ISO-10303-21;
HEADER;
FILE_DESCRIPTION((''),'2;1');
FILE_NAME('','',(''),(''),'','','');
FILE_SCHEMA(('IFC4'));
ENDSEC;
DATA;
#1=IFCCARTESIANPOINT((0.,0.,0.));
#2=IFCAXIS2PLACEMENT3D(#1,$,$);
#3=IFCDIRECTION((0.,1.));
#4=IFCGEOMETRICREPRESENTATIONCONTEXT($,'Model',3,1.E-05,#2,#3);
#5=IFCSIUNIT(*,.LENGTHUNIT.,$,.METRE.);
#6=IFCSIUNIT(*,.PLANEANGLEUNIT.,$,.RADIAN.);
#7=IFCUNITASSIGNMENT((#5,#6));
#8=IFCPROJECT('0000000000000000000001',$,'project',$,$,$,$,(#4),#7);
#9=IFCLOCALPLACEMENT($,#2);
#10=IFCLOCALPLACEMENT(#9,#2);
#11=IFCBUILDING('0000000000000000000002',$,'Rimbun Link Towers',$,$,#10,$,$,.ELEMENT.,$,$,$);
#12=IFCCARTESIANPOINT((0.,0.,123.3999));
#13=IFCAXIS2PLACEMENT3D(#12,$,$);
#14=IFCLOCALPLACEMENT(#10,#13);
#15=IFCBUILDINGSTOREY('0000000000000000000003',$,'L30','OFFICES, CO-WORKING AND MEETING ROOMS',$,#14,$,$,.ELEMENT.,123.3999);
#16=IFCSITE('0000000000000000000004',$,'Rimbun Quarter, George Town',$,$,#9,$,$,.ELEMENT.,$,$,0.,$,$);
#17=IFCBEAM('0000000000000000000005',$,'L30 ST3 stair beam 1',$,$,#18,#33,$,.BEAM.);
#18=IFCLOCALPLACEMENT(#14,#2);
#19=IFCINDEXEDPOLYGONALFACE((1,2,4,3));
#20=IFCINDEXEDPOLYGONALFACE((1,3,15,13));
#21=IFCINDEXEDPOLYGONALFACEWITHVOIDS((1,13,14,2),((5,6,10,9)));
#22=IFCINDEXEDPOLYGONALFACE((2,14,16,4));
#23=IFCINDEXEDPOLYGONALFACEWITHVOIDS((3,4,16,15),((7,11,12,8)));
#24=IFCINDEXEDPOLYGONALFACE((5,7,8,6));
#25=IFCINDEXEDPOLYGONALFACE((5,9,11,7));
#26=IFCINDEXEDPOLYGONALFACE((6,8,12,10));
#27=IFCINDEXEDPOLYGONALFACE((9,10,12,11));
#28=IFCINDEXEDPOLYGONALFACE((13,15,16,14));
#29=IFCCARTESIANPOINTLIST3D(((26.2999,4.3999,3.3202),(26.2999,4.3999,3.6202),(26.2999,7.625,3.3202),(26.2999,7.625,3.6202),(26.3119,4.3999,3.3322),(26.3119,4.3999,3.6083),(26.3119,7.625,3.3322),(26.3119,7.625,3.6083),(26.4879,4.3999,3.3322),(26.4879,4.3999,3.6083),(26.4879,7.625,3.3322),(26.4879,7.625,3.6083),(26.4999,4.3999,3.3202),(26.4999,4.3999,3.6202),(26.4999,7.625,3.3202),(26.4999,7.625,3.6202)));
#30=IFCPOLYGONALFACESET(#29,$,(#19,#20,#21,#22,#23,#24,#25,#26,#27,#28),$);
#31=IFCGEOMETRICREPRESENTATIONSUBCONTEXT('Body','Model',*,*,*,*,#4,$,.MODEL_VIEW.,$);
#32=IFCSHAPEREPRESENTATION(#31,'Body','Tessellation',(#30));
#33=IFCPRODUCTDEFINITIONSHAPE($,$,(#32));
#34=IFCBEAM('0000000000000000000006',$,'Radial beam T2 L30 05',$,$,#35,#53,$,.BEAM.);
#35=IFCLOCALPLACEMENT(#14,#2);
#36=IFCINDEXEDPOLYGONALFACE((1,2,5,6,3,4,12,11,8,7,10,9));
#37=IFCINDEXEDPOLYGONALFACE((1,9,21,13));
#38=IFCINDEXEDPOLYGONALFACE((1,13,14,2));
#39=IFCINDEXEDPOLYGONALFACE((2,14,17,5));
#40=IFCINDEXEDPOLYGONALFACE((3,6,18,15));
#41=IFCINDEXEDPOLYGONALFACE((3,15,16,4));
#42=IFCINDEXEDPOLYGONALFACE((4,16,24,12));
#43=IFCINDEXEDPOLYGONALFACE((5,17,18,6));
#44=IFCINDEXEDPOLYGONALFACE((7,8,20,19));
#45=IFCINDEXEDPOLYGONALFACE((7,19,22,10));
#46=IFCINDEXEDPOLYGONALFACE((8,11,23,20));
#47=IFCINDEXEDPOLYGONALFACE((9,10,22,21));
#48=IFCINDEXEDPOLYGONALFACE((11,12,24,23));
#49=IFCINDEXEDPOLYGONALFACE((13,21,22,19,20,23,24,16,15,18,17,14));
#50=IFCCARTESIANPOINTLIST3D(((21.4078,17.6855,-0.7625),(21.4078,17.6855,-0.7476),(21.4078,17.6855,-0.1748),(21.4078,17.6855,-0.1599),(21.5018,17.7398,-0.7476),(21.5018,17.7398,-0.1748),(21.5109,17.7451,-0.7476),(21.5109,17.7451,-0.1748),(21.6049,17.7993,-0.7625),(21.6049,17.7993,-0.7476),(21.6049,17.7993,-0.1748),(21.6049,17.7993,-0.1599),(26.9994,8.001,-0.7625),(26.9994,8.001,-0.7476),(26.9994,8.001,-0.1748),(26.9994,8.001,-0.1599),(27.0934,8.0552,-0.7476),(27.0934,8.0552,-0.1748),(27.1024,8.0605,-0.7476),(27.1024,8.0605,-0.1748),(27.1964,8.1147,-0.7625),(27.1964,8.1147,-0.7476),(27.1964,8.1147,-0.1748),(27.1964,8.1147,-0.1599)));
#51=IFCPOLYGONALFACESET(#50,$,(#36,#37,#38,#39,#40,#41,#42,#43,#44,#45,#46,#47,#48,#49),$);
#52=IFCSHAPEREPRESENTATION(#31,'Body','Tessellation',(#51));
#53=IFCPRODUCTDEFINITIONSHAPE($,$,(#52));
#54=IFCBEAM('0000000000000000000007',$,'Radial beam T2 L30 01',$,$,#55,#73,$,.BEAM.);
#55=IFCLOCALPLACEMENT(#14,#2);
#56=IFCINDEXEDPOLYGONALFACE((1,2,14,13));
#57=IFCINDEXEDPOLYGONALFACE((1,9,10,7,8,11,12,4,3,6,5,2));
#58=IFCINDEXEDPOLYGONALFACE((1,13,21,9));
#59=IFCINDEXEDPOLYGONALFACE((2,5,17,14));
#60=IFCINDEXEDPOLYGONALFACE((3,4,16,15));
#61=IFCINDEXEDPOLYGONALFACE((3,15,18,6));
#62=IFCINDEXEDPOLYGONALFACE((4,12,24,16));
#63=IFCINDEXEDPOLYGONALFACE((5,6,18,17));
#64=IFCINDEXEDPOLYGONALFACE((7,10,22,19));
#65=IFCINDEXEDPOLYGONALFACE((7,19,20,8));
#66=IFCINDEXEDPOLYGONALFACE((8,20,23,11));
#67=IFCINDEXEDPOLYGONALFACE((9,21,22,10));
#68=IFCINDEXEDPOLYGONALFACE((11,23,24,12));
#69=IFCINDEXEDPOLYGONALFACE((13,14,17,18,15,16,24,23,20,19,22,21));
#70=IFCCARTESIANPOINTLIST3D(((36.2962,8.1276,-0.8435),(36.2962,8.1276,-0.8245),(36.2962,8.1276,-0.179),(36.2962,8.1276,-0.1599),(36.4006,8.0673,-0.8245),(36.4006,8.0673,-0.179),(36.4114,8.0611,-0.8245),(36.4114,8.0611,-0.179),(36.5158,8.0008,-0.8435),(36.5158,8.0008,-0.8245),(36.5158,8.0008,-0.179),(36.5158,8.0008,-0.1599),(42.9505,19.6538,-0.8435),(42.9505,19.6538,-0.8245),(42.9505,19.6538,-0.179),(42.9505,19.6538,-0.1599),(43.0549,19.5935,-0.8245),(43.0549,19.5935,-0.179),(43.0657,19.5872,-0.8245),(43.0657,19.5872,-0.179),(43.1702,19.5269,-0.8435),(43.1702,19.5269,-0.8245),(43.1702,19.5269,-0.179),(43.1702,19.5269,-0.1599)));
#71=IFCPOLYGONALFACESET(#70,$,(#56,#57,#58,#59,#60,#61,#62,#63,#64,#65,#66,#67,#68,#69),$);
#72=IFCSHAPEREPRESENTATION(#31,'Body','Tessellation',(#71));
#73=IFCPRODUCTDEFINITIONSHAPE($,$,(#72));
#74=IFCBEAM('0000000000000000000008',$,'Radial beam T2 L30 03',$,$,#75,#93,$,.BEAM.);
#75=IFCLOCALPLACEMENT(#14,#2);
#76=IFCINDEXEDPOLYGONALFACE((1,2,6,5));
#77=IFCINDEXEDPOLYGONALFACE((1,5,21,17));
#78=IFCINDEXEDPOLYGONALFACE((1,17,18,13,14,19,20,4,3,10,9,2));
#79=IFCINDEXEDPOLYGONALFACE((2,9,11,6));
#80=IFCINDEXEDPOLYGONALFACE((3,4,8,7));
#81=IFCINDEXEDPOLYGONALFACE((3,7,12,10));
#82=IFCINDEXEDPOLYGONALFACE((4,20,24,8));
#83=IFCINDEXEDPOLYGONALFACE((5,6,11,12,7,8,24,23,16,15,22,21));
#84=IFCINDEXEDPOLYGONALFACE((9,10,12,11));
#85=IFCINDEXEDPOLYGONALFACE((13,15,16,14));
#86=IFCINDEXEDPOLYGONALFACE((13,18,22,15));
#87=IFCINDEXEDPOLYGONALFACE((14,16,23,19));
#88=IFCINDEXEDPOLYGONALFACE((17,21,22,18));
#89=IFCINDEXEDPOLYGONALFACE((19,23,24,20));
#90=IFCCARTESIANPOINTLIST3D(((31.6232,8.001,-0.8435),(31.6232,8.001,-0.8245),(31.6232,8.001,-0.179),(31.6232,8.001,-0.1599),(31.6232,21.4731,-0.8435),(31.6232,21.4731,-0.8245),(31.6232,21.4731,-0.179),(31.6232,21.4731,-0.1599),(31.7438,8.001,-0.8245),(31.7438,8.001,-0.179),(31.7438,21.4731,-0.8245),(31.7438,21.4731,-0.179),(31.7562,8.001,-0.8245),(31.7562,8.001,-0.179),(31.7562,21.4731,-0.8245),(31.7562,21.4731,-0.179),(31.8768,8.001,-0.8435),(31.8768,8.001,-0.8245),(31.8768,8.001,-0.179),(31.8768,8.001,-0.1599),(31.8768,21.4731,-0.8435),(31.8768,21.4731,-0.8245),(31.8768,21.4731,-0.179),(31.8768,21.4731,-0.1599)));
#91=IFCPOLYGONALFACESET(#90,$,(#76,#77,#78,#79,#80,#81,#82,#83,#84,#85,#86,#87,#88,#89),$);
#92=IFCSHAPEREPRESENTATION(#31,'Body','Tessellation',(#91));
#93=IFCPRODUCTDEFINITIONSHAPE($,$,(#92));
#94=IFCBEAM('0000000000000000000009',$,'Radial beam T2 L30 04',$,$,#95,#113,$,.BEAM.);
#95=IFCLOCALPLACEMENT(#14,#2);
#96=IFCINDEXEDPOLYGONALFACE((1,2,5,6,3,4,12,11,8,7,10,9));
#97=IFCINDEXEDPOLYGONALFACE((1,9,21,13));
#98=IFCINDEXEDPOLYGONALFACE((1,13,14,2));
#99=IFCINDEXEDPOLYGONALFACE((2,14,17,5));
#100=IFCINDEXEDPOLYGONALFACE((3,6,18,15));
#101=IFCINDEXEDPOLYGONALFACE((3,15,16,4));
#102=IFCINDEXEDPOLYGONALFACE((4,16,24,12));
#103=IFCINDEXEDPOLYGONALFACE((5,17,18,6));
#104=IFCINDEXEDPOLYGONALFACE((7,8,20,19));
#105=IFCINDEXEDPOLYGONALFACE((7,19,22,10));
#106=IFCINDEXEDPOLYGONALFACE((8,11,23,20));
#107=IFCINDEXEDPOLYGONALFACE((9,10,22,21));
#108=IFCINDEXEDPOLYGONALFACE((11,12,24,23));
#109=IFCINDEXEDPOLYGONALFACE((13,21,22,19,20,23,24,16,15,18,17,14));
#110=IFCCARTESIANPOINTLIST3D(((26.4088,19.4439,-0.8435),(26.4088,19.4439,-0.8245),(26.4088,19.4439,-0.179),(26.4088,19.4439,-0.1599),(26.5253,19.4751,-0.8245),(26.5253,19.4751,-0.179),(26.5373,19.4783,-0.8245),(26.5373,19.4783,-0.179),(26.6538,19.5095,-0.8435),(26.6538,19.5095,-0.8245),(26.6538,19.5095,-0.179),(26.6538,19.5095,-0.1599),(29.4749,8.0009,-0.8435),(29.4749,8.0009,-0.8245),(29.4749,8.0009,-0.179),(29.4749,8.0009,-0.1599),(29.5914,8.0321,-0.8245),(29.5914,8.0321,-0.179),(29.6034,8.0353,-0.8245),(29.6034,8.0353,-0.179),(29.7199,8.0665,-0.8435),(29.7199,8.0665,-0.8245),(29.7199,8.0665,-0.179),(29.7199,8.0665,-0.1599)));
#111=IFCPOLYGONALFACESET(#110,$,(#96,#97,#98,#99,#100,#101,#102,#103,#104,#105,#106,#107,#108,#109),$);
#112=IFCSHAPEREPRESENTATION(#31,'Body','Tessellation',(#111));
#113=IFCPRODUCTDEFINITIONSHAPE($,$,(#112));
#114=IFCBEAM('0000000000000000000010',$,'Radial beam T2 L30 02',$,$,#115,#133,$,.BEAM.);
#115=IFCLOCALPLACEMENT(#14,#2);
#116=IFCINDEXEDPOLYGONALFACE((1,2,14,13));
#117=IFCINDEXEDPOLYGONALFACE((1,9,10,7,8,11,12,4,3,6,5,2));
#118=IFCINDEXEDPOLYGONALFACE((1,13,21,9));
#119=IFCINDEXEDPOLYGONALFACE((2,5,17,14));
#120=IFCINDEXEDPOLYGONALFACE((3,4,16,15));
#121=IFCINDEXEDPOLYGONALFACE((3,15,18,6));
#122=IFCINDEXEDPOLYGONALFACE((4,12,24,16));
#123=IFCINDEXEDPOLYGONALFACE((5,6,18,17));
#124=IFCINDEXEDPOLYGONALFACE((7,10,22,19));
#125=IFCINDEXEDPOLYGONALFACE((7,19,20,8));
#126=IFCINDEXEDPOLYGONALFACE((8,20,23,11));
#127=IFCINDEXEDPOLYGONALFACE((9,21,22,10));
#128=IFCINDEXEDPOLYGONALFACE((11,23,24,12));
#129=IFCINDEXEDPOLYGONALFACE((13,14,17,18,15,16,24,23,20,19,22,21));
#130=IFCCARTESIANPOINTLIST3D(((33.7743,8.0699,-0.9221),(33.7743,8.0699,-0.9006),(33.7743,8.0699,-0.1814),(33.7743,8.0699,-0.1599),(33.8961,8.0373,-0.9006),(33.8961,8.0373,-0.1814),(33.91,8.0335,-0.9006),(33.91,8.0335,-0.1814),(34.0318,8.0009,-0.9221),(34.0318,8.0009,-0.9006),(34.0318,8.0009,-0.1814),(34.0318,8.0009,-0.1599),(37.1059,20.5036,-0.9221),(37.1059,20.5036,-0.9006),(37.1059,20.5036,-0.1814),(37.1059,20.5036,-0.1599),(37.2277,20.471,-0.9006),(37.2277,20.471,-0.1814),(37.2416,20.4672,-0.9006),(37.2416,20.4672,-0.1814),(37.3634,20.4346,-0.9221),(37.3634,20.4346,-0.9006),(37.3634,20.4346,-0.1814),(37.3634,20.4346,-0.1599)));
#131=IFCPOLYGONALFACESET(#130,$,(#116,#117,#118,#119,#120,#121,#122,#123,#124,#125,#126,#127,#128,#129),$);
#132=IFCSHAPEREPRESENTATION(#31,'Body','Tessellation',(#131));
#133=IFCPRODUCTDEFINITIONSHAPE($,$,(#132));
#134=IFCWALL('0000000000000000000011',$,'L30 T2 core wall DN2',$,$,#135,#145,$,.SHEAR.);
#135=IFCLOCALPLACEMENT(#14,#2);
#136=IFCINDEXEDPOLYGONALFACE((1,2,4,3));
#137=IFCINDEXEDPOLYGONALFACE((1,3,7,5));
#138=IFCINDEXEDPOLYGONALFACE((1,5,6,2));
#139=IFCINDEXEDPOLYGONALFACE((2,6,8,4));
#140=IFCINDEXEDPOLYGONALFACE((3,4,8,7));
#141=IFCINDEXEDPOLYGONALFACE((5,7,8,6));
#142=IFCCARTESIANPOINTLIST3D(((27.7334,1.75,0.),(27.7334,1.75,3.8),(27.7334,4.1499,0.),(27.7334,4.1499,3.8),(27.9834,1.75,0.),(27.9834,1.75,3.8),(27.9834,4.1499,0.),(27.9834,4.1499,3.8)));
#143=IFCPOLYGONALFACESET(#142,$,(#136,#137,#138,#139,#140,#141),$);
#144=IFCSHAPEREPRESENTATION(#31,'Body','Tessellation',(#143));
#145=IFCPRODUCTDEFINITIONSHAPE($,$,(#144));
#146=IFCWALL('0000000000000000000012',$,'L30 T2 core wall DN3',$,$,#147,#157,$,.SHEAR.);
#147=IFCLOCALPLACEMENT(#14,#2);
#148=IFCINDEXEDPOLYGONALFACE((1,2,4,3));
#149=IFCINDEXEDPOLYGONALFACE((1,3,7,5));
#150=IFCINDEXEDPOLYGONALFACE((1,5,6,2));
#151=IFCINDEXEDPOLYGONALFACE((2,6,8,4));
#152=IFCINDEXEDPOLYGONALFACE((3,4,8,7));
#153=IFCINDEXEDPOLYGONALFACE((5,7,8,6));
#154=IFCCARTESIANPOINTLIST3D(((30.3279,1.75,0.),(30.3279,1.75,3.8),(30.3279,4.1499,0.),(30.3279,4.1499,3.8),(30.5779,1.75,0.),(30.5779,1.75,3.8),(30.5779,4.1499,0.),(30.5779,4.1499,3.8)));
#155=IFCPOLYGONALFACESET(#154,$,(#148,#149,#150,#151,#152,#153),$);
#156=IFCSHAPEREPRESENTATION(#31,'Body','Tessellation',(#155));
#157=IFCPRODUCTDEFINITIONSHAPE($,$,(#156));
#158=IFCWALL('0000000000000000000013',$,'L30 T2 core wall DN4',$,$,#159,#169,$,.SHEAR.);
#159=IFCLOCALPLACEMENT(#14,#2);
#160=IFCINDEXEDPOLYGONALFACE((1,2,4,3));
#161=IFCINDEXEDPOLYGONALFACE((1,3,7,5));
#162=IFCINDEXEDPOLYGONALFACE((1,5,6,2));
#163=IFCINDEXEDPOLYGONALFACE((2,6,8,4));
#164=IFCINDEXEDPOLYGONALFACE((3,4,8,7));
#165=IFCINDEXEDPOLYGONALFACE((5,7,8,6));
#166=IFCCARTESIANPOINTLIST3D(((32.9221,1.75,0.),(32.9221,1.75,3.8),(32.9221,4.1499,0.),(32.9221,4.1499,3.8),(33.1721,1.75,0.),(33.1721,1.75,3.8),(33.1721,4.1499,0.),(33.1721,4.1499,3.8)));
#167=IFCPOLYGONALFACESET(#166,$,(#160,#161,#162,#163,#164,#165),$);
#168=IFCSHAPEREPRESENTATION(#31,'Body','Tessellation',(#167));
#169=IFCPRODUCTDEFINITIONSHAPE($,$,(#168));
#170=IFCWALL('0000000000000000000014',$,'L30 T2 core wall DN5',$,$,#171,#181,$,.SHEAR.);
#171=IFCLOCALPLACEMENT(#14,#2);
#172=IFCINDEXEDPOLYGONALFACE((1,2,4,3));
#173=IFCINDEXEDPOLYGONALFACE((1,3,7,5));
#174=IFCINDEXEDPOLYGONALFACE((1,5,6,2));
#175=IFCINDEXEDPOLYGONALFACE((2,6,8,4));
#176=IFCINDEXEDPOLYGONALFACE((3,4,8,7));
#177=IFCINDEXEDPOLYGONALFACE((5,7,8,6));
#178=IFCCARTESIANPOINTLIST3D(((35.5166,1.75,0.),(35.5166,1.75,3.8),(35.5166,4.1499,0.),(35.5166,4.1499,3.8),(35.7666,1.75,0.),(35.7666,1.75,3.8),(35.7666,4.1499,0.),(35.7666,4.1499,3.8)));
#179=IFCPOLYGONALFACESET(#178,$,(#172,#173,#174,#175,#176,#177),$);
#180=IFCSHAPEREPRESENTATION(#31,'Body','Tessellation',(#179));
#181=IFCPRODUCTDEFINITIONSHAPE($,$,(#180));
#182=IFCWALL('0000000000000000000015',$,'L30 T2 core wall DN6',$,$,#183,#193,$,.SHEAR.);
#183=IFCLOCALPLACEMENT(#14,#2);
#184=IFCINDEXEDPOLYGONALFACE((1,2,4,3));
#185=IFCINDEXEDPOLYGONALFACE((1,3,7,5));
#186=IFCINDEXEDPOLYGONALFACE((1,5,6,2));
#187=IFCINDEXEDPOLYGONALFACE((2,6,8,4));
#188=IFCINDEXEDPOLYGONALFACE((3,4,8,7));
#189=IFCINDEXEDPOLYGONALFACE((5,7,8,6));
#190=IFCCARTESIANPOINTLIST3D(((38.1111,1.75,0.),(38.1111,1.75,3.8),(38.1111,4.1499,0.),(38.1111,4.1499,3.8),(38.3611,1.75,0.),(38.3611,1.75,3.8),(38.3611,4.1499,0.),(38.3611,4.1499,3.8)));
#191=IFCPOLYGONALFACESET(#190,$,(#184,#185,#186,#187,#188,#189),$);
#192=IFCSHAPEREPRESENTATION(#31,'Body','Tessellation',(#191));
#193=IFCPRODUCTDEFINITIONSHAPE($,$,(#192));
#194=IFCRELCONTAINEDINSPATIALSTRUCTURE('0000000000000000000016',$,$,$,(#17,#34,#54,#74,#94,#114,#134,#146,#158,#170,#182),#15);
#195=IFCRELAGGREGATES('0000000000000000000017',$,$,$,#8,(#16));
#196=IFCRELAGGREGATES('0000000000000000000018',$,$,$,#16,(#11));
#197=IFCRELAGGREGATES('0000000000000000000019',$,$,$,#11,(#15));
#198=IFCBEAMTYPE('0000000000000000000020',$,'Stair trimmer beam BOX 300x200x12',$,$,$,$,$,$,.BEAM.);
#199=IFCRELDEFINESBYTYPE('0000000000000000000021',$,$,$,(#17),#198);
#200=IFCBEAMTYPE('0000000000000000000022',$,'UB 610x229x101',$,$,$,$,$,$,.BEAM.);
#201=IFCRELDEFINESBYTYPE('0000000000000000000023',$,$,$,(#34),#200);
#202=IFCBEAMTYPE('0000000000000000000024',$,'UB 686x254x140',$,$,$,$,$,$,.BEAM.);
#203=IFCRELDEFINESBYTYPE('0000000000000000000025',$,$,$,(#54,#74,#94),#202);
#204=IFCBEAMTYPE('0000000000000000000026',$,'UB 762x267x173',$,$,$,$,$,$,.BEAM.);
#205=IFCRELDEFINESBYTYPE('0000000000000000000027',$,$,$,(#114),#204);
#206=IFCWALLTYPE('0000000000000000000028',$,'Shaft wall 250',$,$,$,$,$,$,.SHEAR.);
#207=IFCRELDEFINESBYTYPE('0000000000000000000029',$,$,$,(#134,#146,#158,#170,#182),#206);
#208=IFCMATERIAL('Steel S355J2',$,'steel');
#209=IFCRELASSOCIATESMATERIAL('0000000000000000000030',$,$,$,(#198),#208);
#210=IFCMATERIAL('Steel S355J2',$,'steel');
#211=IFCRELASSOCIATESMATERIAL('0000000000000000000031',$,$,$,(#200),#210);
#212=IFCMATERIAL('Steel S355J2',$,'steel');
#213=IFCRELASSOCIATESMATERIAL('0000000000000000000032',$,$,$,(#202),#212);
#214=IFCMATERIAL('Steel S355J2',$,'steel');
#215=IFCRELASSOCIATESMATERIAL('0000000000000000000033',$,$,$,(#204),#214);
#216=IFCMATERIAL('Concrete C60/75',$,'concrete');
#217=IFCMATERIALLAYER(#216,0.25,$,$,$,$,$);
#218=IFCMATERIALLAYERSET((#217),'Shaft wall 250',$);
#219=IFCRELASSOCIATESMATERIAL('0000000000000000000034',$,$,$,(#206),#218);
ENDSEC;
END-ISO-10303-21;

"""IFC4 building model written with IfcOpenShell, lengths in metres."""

from ifc_helpers import new_model, si_unit, direction, frame, frame_2d, origin, origin_2d, place, context, subcontext, project, spatial, rectangle, hollow_rectangle, i_section, extrude, material, layer, layer_set, material_profile, profile_set, type_object, element, save


model = new_model("IFC4")

# Units and contexts
model_context = context("Model", 3, precision=1e-05, world=origin(), true_north=direction((0.0, 1.0)))
body_context = subcontext(model_context, "Body", "Model", "MODEL_VIEW")
ifc_project = project(units=[si_unit("LENGTHUNIT", "METRE"), si_unit("PLANEANGLEUNIT", "RADIAN")], contexts=[model_context])

# Site, building, storey
site_placement = place(None, origin())
site = spatial("IfcSite", under=ifc_project, at=site_placement, Name="Rimbun Quarter, George Town", CompositionType="ELEMENT", RefElevation=0.0)
building_placement = place(site_placement, origin())
building = spatial("IfcBuilding", under=site, at=building_placement, Name="Rimbun Link Towers", CompositionType="ELEMENT")
storey_placement = place(building_placement, frame((0.0, 0.0, 123.3999)))
storey = spatial("IfcBuildingStorey", under=building, at=storey_placement, Name="L30", Description="OFFICES, CO-WORKING AND MEETING ROOMS", CompositionType="ELEMENT", Elevation=123.3999)

# Beams
ifc_material_1 = material(Name="Steel S355J2", Category="steel")
ifc_material_profile_1 = material_profile(ifc_material_1, hollow_rectangle(XDim=0.2, YDim=0.3, WallThickness=0.012, at=origin_2d()), Name="BOX 300x200x12")
ifc_profile_set_1 = profile_set([ifc_material_profile_1], Name="Steel S355J2")
beam_type_1 = type_object("IfcBeamType", Name="Stair trimmer beam BOX 300x200x12", PredefinedType="BEAM", material=ifc_profile_set_1)
beam_1_placement = place(storey_placement, frame((26.3999, 7.625, 3.4702), z_axis=(0.0, -1.0, 0.0), x_axis=(1.0, 0.0, 0.0)))
element("IfcBeam", 1, at=beam_1_placement, inside=storey, type_object=beam_type_1, Name="L30 ST3 stair beam 1", PredefinedType="BEAM", context=body_context, shape_type="SweptSolid", body=[
    extrude(hollow_rectangle(XDim=0.2, YDim=0.3, WallThickness=0.012, at=origin_2d()), origin(), (0.0, 0.0, 1.0), 3.2251),
])
ifc_material_2 = material(Name="Steel S355J2", Category="steel")
ifc_material_profile_2 = material_profile(ifc_material_2, i_section(OverallWidth=0.2275, OverallDepth=0.6025, WebThickness=0.0105, FlangeThickness=0.0149, at=origin_2d()), Name="UB 610x229x101")
ifc_profile_set_2 = profile_set([ifc_material_profile_2], Name="Steel S355J2")
beam_type_2 = type_object("IfcBeamType", Name="UB 610x229x101", PredefinedType="BEAM", material=ifc_profile_set_2)
beam_2_placement = place(storey_placement, frame((27.0979, 8.0579, -0.4612), z_axis=(-0.500011, 0.866019, 0.0), x_axis=(-0.866019, -0.500011, 0.0)))
element("IfcBeam", 2, at=beam_2_placement, inside=storey, type_object=beam_type_2, Name="Radial beam T2 L30 05", PredefinedType="BEAM", context=body_context, shape_type="SweptSolid", body=[
    extrude(i_section(OverallWidth=0.2275, OverallDepth=0.6025, WebThickness=0.0105, FlangeThickness=0.0149, at=origin_2d()), origin(), (0.0, 0.0, 1.0), 11.1829),
])
ifc_material_3 = material(Name="Steel S355J2", Category="steel")
ifc_material_profile_3 = material_profile(ifc_material_3, i_section(OverallWidth=0.2537, OverallDepth=0.6836, WebThickness=0.0125, FlangeThickness=0.019, at=origin_2d()), Name="UB 686x254x140")
ifc_profile_set_3 = profile_set([ifc_material_profile_3], Name="Steel S355J2")
beam_type_3 = type_object("IfcBeamType", Name="UB 686x254x140", PredefinedType="BEAM", material=ifc_profile_set_3)
beam_3_placement = place(storey_placement, frame((36.406, 8.0642, -0.5017), z_axis=(0.499982, 0.866036, 0.0), x_axis=(-0.866036, 0.499982, 0.0)))
element("IfcBeam", 3, at=beam_3_placement, inside=storey, type_object=beam_type_3, Name="Radial beam T2 L30 01", PredefinedType="BEAM", context=body_context, shape_type="SweptSolid", body=[
    extrude(i_section(OverallWidth=0.2537, OverallDepth=0.6836, WebThickness=0.0125, FlangeThickness=0.019, at=origin_2d()), origin(), (0.0, 0.0, 1.0), 13.3091),
])
beam_4_placement = place(storey_placement, frame((31.75, 8.001, -0.5017), z_axis=(0.0, 1.0, 0.0), x_axis=(-1.0, 0.0, 0.0)))
element("IfcBeam", 4, at=beam_4_placement, inside=storey, type_object=beam_type_3, Name="Radial beam T2 L30 03", PredefinedType="BEAM", context=body_context, shape_type="SweptSolid", body=[
    extrude(i_section(OverallWidth=0.2537, OverallDepth=0.6836, WebThickness=0.0125, FlangeThickness=0.019, at=origin_2d()), origin(), (0.0, 0.0, 1.0), 13.4722),
])
beam_5_placement = place(storey_placement, frame((29.5974, 8.0337, -0.5017), z_axis=(-0.258818, 0.965926, 0.0), x_axis=(-0.965926, -0.258818, 0.0)))
element("IfcBeam", 5, at=beam_5_placement, inside=storey, type_object=beam_type_3, Name="Radial beam T2 L30 04", PredefinedType="BEAM", context=body_context, shape_type="SweptSolid", body=[
    extrude(i_section(OverallWidth=0.2537, OverallDepth=0.6836, WebThickness=0.0125, FlangeThickness=0.019, at=origin_2d()), origin(), (0.0, 0.0, 1.0), 11.8467),
])
ifc_material_4 = material(Name="Steel S355J2", Category="steel")
ifc_material_profile_4 = material_profile(ifc_material_4, i_section(OverallWidth=0.2666, OverallDepth=0.7622, WebThickness=0.0144, FlangeThickness=0.0215, at=origin_2d()), Name="UB 762x267x173")
ifc_profile_set_4 = profile_set([ifc_material_profile_4], Name="Steel S355J2")
beam_type_4 = type_object("IfcBeamType", Name="UB 762x267x173", PredefinedType="BEAM", material=ifc_profile_set_4)
beam_6_placement = place(storey_placement, frame((33.9031, 8.0354, -0.541), z_axis=(0.258817, 0.965926, 0.0), x_axis=(-0.965926, 0.258817, 0.0)))
element("IfcBeam", 6, at=beam_6_placement, inside=storey, type_object=beam_type_4, Name="Radial beam T2 L30 02", PredefinedType="BEAM", context=body_context, shape_type="SweptSolid", body=[
    extrude(i_section(OverallWidth=0.2666, OverallDepth=0.7622, WebThickness=0.0144, FlangeThickness=0.0215, at=origin_2d()), origin(), (0.0, 0.0, 1.0), 12.8723),
])

# Walls
ifc_material_5 = material(Name="Concrete C60/75", Category="concrete")
ifc_layer = layer(ifc_material_5, 0.25)
ifc_layer_set = layer_set([ifc_layer], Name="Shaft wall 250")
wall_type = type_object("IfcWallType", Name="Shaft wall 250", PredefinedType="SHEAR", material=ifc_layer_set)
for number, where, z_axis, x_axis, name in (
    (7, (27.8584, 1.75, 0.0), (0.0, 0.0, 1.0), (0.0, 1.0, 0.0), "L30 T2 core wall DN2"),
    (8, (30.4529, 1.75, 0.0), (0.0, 0.0, 1.0), (0.0, 1.0, 0.0), "L30 T2 core wall DN3"),
    (9, (33.0471, 1.75, 0.0), (0.0, 0.0, 1.0), (0.0, 1.0, 0.0), "L30 T2 core wall DN4"),
    (10, (35.6416, 1.75, 0.0), (0.0, 0.0, 1.0), (0.0, 1.0, 0.0), "L30 T2 core wall DN5"),
    (11, (38.2361, 1.75, 0.0), (0.0, 0.0, 1.0), (0.0, 1.0, 0.0), "L30 T2 core wall DN6"),
):
    element("IfcWall", number, at=place(storey_placement, frame(where, z_axis=z_axis, x_axis=x_axis)), inside=storey, type_object=wall_type, Name=name, PredefinedType="SHEAR", context=body_context, shape_type="SweptSolid", body=[
        extrude(rectangle(XDim=2.3999, YDim=0.25, at=frame_2d((1.2, 0.0))), origin(), (0.0, 0.0, 1.0), 3.8),
    ])

save(model, "model.ifc")
